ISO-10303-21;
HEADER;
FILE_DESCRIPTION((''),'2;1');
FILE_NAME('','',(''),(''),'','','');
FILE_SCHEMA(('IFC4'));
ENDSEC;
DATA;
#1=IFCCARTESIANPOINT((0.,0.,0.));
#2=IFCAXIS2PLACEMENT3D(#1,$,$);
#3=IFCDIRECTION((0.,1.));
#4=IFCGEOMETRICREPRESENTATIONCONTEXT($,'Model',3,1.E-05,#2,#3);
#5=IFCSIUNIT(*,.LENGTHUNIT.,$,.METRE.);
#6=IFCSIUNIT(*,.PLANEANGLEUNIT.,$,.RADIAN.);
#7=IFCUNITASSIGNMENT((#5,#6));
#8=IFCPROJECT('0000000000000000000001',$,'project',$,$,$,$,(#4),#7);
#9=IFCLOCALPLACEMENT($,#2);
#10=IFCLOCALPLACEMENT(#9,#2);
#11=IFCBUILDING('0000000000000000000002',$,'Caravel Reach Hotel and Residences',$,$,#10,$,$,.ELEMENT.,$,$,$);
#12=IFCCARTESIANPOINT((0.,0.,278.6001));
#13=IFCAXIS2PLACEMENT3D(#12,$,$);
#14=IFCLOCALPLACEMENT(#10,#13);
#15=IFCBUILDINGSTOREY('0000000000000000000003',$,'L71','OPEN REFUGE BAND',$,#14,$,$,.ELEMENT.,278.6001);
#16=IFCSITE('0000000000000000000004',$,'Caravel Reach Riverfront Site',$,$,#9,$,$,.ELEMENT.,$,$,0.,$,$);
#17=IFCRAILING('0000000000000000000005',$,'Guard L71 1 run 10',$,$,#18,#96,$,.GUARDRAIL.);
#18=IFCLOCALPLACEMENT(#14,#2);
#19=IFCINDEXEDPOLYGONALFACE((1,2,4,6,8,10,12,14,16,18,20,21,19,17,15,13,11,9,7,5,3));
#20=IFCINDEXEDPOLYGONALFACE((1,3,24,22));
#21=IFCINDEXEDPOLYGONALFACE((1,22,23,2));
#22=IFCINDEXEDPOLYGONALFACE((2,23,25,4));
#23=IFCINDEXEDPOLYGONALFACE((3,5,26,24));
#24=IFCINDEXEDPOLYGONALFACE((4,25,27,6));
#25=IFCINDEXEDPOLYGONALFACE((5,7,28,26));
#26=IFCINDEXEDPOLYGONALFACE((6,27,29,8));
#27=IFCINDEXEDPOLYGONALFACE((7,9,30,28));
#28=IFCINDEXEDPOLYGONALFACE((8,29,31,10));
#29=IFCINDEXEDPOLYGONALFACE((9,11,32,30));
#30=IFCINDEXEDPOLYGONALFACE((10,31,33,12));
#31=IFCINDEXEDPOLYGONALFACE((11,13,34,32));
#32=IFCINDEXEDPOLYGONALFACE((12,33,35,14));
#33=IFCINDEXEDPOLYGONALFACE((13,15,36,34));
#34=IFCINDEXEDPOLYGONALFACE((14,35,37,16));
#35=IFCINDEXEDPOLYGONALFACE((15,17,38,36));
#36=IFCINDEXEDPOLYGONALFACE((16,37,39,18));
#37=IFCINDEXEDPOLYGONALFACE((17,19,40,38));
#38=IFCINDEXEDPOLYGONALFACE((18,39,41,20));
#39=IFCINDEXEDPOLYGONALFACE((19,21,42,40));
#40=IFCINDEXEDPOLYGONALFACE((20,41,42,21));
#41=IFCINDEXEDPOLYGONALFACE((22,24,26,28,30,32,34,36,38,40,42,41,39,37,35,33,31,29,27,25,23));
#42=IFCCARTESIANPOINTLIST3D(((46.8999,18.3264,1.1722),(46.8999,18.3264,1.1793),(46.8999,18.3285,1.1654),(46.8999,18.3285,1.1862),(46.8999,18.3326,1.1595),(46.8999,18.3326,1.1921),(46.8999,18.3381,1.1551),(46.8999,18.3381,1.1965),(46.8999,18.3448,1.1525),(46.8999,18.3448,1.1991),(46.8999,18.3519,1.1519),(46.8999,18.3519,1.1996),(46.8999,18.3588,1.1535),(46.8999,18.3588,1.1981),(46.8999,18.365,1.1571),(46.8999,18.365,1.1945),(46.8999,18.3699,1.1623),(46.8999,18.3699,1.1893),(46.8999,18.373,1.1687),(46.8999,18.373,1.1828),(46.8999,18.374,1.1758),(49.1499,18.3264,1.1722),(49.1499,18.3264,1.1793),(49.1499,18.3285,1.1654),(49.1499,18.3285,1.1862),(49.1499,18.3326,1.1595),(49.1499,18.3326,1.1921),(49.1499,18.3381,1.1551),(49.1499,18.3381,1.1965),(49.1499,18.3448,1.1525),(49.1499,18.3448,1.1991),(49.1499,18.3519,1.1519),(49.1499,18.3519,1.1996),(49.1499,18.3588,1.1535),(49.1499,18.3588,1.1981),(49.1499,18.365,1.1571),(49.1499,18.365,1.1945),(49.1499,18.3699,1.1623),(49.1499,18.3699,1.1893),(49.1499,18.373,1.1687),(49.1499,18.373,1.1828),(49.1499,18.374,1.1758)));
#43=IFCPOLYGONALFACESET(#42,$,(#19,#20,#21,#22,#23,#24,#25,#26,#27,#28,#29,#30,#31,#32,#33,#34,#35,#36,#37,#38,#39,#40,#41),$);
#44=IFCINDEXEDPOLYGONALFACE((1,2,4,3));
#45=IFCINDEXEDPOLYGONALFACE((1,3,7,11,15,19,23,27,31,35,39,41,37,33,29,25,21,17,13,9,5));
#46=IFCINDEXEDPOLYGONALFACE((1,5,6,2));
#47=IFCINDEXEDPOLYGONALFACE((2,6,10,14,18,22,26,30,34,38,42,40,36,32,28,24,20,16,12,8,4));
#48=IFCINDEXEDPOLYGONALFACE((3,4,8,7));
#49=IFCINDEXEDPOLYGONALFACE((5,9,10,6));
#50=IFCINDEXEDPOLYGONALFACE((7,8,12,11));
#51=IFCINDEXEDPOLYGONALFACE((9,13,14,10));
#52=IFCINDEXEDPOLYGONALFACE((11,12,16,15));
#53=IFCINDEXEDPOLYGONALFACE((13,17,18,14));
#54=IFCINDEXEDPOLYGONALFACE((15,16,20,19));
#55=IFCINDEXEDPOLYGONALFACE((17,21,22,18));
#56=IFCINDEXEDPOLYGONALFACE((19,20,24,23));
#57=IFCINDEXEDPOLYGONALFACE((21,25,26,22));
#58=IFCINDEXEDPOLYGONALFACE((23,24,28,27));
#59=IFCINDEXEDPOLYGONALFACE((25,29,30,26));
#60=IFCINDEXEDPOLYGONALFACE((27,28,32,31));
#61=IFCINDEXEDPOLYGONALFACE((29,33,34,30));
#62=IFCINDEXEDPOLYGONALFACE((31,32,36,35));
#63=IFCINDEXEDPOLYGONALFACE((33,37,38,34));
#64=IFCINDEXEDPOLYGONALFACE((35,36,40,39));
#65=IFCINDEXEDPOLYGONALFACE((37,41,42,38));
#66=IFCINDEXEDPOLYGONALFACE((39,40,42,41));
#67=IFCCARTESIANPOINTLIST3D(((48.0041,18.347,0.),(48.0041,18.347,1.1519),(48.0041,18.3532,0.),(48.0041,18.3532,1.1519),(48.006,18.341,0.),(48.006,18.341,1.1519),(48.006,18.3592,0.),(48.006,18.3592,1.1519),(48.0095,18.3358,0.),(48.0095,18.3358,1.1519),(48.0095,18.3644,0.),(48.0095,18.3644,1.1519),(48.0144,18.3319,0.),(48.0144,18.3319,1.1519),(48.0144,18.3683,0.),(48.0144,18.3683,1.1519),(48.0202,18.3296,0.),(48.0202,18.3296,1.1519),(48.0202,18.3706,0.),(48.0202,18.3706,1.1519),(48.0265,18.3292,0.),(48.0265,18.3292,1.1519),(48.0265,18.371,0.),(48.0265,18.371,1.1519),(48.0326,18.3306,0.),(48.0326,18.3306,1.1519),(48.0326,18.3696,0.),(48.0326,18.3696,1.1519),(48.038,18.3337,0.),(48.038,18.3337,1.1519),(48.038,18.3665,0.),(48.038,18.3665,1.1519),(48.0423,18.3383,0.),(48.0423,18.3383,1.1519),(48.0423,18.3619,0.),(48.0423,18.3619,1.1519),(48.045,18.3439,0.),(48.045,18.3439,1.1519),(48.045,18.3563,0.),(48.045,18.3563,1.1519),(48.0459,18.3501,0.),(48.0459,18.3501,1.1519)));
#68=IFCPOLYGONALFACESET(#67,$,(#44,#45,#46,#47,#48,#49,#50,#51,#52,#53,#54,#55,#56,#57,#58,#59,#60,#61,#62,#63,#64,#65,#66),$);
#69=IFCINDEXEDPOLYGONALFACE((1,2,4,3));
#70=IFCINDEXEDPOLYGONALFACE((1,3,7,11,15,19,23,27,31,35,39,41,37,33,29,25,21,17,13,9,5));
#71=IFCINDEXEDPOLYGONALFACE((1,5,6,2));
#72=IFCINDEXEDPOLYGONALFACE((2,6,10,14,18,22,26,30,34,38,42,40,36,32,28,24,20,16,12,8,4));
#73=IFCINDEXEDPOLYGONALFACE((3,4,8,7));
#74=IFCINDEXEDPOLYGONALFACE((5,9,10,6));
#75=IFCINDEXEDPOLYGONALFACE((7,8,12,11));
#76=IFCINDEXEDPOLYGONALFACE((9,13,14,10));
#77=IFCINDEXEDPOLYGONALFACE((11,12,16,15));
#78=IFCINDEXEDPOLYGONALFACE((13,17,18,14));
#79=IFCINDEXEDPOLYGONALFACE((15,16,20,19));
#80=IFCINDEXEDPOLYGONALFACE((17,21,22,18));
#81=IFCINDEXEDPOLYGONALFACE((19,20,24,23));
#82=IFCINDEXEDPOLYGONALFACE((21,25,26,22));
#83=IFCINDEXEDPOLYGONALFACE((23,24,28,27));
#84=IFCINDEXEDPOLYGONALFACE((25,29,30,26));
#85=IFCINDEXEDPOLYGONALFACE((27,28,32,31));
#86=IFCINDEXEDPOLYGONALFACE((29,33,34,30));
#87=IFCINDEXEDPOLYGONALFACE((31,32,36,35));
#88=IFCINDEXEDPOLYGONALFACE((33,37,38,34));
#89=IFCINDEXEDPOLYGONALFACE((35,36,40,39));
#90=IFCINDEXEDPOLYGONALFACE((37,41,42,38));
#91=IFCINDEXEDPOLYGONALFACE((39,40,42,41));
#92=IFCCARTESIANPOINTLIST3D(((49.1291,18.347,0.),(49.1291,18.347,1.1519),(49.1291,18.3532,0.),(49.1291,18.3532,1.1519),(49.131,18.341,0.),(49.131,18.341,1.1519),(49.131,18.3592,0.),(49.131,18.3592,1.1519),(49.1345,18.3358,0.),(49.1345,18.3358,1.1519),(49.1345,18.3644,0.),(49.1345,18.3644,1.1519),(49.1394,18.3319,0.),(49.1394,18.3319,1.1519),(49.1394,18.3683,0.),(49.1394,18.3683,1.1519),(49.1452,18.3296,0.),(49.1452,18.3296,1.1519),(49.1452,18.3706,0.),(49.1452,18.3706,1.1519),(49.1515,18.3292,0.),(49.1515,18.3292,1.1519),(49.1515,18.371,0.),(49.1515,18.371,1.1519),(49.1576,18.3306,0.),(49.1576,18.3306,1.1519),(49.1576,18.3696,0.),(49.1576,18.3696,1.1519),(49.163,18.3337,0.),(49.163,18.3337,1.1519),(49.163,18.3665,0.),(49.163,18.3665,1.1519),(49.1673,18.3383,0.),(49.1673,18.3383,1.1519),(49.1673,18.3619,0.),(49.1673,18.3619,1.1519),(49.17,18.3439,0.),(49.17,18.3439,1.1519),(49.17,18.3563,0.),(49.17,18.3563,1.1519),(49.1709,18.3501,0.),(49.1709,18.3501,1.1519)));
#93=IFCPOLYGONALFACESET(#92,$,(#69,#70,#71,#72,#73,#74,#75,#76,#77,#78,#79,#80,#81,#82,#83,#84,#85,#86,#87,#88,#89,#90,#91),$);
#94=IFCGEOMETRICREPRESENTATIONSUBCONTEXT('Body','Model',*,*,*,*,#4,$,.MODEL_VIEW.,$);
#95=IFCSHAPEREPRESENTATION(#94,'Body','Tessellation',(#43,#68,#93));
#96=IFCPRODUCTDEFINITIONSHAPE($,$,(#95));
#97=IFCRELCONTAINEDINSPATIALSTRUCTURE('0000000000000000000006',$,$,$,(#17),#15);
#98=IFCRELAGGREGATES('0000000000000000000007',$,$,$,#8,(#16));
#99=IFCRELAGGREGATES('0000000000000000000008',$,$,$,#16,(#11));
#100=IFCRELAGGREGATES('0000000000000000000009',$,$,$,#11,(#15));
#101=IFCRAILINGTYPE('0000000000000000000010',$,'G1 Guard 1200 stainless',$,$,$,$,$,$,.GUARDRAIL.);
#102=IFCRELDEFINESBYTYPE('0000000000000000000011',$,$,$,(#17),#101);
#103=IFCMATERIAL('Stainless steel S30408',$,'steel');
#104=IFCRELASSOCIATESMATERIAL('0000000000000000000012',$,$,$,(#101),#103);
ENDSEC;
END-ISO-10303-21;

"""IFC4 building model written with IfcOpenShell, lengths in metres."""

from ifc_helpers import new_model, si_unit, direction, frame, origin, origin_2d, place, context, subcontext, project, spatial, circle, extrude, material, type_object, element, save


model = new_model("IFC4")

# Units and contexts
model_context = context("Model", 3, precision=1e-05, world=origin(), true_north=direction((0.0, 1.0)))
body_context = subcontext(model_context, "Body", "Model", "MODEL_VIEW")
ifc_project = project(units=[si_unit("LENGTHUNIT", "METRE"), si_unit("PLANEANGLEUNIT", "RADIAN")], contexts=[model_context])

# Site, building, storey
site_placement = place(None, origin())
site = spatial("IfcSite", under=ifc_project, at=site_placement, Name="Caravel Reach Riverfront Site", CompositionType="ELEMENT", RefElevation=0.0)
building_placement = place(site_placement, origin())
building = spatial("IfcBuilding", under=site, at=building_placement, Name="Caravel Reach Hotel and Residences", CompositionType="ELEMENT")
storey_placement = place(building_placement, frame((0.0, 0.0, 278.6001)))
storey = spatial("IfcBuildingStorey", under=building, at=storey_placement, Name="L71", Description="OPEN REFUGE BAND", CompositionType="ELEMENT", Elevation=278.6001)

# Railing
ifc_material_1 = material(Name="Stainless steel S30408", Category="steel")
railing_type_1 = type_object("IfcRailingType", Name="G1 Guard 1200 stainless", PredefinedType="GUARDRAIL", material=ifc_material_1)
railing_1_placement = place(storey_placement, frame((46.8999, 18.3501, 0.0)))
element("IfcRailing", 1, at=railing_1_placement, inside=storey, type_object=railing_type_1, Name="Guard L71 1 run 10", PredefinedType="GUARDRAIL", context=body_context, shape_type="SweptSolid", body=[
    extrude(circle(Radius=0.0239, at=origin_2d()), frame((0.0, 0.0, 1.1758), z_axis=(1.0, 0.0, 0.0), x_axis=(0.0, 1.0, 0.0)), (0.0, 0.0, 1.0), 2.25),
    extrude(circle(Radius=0.021, at=origin_2d()), frame((1.125, 0.0, 0.0)), (0.0, 0.0, 1.0), 1.1519),
    extrude(circle(Radius=0.021, at=origin_2d()), frame((2.25, 0.0, 0.0)), (0.0, 0.0, 1.0), 1.1519),
])

save(model, "model.ifc")
